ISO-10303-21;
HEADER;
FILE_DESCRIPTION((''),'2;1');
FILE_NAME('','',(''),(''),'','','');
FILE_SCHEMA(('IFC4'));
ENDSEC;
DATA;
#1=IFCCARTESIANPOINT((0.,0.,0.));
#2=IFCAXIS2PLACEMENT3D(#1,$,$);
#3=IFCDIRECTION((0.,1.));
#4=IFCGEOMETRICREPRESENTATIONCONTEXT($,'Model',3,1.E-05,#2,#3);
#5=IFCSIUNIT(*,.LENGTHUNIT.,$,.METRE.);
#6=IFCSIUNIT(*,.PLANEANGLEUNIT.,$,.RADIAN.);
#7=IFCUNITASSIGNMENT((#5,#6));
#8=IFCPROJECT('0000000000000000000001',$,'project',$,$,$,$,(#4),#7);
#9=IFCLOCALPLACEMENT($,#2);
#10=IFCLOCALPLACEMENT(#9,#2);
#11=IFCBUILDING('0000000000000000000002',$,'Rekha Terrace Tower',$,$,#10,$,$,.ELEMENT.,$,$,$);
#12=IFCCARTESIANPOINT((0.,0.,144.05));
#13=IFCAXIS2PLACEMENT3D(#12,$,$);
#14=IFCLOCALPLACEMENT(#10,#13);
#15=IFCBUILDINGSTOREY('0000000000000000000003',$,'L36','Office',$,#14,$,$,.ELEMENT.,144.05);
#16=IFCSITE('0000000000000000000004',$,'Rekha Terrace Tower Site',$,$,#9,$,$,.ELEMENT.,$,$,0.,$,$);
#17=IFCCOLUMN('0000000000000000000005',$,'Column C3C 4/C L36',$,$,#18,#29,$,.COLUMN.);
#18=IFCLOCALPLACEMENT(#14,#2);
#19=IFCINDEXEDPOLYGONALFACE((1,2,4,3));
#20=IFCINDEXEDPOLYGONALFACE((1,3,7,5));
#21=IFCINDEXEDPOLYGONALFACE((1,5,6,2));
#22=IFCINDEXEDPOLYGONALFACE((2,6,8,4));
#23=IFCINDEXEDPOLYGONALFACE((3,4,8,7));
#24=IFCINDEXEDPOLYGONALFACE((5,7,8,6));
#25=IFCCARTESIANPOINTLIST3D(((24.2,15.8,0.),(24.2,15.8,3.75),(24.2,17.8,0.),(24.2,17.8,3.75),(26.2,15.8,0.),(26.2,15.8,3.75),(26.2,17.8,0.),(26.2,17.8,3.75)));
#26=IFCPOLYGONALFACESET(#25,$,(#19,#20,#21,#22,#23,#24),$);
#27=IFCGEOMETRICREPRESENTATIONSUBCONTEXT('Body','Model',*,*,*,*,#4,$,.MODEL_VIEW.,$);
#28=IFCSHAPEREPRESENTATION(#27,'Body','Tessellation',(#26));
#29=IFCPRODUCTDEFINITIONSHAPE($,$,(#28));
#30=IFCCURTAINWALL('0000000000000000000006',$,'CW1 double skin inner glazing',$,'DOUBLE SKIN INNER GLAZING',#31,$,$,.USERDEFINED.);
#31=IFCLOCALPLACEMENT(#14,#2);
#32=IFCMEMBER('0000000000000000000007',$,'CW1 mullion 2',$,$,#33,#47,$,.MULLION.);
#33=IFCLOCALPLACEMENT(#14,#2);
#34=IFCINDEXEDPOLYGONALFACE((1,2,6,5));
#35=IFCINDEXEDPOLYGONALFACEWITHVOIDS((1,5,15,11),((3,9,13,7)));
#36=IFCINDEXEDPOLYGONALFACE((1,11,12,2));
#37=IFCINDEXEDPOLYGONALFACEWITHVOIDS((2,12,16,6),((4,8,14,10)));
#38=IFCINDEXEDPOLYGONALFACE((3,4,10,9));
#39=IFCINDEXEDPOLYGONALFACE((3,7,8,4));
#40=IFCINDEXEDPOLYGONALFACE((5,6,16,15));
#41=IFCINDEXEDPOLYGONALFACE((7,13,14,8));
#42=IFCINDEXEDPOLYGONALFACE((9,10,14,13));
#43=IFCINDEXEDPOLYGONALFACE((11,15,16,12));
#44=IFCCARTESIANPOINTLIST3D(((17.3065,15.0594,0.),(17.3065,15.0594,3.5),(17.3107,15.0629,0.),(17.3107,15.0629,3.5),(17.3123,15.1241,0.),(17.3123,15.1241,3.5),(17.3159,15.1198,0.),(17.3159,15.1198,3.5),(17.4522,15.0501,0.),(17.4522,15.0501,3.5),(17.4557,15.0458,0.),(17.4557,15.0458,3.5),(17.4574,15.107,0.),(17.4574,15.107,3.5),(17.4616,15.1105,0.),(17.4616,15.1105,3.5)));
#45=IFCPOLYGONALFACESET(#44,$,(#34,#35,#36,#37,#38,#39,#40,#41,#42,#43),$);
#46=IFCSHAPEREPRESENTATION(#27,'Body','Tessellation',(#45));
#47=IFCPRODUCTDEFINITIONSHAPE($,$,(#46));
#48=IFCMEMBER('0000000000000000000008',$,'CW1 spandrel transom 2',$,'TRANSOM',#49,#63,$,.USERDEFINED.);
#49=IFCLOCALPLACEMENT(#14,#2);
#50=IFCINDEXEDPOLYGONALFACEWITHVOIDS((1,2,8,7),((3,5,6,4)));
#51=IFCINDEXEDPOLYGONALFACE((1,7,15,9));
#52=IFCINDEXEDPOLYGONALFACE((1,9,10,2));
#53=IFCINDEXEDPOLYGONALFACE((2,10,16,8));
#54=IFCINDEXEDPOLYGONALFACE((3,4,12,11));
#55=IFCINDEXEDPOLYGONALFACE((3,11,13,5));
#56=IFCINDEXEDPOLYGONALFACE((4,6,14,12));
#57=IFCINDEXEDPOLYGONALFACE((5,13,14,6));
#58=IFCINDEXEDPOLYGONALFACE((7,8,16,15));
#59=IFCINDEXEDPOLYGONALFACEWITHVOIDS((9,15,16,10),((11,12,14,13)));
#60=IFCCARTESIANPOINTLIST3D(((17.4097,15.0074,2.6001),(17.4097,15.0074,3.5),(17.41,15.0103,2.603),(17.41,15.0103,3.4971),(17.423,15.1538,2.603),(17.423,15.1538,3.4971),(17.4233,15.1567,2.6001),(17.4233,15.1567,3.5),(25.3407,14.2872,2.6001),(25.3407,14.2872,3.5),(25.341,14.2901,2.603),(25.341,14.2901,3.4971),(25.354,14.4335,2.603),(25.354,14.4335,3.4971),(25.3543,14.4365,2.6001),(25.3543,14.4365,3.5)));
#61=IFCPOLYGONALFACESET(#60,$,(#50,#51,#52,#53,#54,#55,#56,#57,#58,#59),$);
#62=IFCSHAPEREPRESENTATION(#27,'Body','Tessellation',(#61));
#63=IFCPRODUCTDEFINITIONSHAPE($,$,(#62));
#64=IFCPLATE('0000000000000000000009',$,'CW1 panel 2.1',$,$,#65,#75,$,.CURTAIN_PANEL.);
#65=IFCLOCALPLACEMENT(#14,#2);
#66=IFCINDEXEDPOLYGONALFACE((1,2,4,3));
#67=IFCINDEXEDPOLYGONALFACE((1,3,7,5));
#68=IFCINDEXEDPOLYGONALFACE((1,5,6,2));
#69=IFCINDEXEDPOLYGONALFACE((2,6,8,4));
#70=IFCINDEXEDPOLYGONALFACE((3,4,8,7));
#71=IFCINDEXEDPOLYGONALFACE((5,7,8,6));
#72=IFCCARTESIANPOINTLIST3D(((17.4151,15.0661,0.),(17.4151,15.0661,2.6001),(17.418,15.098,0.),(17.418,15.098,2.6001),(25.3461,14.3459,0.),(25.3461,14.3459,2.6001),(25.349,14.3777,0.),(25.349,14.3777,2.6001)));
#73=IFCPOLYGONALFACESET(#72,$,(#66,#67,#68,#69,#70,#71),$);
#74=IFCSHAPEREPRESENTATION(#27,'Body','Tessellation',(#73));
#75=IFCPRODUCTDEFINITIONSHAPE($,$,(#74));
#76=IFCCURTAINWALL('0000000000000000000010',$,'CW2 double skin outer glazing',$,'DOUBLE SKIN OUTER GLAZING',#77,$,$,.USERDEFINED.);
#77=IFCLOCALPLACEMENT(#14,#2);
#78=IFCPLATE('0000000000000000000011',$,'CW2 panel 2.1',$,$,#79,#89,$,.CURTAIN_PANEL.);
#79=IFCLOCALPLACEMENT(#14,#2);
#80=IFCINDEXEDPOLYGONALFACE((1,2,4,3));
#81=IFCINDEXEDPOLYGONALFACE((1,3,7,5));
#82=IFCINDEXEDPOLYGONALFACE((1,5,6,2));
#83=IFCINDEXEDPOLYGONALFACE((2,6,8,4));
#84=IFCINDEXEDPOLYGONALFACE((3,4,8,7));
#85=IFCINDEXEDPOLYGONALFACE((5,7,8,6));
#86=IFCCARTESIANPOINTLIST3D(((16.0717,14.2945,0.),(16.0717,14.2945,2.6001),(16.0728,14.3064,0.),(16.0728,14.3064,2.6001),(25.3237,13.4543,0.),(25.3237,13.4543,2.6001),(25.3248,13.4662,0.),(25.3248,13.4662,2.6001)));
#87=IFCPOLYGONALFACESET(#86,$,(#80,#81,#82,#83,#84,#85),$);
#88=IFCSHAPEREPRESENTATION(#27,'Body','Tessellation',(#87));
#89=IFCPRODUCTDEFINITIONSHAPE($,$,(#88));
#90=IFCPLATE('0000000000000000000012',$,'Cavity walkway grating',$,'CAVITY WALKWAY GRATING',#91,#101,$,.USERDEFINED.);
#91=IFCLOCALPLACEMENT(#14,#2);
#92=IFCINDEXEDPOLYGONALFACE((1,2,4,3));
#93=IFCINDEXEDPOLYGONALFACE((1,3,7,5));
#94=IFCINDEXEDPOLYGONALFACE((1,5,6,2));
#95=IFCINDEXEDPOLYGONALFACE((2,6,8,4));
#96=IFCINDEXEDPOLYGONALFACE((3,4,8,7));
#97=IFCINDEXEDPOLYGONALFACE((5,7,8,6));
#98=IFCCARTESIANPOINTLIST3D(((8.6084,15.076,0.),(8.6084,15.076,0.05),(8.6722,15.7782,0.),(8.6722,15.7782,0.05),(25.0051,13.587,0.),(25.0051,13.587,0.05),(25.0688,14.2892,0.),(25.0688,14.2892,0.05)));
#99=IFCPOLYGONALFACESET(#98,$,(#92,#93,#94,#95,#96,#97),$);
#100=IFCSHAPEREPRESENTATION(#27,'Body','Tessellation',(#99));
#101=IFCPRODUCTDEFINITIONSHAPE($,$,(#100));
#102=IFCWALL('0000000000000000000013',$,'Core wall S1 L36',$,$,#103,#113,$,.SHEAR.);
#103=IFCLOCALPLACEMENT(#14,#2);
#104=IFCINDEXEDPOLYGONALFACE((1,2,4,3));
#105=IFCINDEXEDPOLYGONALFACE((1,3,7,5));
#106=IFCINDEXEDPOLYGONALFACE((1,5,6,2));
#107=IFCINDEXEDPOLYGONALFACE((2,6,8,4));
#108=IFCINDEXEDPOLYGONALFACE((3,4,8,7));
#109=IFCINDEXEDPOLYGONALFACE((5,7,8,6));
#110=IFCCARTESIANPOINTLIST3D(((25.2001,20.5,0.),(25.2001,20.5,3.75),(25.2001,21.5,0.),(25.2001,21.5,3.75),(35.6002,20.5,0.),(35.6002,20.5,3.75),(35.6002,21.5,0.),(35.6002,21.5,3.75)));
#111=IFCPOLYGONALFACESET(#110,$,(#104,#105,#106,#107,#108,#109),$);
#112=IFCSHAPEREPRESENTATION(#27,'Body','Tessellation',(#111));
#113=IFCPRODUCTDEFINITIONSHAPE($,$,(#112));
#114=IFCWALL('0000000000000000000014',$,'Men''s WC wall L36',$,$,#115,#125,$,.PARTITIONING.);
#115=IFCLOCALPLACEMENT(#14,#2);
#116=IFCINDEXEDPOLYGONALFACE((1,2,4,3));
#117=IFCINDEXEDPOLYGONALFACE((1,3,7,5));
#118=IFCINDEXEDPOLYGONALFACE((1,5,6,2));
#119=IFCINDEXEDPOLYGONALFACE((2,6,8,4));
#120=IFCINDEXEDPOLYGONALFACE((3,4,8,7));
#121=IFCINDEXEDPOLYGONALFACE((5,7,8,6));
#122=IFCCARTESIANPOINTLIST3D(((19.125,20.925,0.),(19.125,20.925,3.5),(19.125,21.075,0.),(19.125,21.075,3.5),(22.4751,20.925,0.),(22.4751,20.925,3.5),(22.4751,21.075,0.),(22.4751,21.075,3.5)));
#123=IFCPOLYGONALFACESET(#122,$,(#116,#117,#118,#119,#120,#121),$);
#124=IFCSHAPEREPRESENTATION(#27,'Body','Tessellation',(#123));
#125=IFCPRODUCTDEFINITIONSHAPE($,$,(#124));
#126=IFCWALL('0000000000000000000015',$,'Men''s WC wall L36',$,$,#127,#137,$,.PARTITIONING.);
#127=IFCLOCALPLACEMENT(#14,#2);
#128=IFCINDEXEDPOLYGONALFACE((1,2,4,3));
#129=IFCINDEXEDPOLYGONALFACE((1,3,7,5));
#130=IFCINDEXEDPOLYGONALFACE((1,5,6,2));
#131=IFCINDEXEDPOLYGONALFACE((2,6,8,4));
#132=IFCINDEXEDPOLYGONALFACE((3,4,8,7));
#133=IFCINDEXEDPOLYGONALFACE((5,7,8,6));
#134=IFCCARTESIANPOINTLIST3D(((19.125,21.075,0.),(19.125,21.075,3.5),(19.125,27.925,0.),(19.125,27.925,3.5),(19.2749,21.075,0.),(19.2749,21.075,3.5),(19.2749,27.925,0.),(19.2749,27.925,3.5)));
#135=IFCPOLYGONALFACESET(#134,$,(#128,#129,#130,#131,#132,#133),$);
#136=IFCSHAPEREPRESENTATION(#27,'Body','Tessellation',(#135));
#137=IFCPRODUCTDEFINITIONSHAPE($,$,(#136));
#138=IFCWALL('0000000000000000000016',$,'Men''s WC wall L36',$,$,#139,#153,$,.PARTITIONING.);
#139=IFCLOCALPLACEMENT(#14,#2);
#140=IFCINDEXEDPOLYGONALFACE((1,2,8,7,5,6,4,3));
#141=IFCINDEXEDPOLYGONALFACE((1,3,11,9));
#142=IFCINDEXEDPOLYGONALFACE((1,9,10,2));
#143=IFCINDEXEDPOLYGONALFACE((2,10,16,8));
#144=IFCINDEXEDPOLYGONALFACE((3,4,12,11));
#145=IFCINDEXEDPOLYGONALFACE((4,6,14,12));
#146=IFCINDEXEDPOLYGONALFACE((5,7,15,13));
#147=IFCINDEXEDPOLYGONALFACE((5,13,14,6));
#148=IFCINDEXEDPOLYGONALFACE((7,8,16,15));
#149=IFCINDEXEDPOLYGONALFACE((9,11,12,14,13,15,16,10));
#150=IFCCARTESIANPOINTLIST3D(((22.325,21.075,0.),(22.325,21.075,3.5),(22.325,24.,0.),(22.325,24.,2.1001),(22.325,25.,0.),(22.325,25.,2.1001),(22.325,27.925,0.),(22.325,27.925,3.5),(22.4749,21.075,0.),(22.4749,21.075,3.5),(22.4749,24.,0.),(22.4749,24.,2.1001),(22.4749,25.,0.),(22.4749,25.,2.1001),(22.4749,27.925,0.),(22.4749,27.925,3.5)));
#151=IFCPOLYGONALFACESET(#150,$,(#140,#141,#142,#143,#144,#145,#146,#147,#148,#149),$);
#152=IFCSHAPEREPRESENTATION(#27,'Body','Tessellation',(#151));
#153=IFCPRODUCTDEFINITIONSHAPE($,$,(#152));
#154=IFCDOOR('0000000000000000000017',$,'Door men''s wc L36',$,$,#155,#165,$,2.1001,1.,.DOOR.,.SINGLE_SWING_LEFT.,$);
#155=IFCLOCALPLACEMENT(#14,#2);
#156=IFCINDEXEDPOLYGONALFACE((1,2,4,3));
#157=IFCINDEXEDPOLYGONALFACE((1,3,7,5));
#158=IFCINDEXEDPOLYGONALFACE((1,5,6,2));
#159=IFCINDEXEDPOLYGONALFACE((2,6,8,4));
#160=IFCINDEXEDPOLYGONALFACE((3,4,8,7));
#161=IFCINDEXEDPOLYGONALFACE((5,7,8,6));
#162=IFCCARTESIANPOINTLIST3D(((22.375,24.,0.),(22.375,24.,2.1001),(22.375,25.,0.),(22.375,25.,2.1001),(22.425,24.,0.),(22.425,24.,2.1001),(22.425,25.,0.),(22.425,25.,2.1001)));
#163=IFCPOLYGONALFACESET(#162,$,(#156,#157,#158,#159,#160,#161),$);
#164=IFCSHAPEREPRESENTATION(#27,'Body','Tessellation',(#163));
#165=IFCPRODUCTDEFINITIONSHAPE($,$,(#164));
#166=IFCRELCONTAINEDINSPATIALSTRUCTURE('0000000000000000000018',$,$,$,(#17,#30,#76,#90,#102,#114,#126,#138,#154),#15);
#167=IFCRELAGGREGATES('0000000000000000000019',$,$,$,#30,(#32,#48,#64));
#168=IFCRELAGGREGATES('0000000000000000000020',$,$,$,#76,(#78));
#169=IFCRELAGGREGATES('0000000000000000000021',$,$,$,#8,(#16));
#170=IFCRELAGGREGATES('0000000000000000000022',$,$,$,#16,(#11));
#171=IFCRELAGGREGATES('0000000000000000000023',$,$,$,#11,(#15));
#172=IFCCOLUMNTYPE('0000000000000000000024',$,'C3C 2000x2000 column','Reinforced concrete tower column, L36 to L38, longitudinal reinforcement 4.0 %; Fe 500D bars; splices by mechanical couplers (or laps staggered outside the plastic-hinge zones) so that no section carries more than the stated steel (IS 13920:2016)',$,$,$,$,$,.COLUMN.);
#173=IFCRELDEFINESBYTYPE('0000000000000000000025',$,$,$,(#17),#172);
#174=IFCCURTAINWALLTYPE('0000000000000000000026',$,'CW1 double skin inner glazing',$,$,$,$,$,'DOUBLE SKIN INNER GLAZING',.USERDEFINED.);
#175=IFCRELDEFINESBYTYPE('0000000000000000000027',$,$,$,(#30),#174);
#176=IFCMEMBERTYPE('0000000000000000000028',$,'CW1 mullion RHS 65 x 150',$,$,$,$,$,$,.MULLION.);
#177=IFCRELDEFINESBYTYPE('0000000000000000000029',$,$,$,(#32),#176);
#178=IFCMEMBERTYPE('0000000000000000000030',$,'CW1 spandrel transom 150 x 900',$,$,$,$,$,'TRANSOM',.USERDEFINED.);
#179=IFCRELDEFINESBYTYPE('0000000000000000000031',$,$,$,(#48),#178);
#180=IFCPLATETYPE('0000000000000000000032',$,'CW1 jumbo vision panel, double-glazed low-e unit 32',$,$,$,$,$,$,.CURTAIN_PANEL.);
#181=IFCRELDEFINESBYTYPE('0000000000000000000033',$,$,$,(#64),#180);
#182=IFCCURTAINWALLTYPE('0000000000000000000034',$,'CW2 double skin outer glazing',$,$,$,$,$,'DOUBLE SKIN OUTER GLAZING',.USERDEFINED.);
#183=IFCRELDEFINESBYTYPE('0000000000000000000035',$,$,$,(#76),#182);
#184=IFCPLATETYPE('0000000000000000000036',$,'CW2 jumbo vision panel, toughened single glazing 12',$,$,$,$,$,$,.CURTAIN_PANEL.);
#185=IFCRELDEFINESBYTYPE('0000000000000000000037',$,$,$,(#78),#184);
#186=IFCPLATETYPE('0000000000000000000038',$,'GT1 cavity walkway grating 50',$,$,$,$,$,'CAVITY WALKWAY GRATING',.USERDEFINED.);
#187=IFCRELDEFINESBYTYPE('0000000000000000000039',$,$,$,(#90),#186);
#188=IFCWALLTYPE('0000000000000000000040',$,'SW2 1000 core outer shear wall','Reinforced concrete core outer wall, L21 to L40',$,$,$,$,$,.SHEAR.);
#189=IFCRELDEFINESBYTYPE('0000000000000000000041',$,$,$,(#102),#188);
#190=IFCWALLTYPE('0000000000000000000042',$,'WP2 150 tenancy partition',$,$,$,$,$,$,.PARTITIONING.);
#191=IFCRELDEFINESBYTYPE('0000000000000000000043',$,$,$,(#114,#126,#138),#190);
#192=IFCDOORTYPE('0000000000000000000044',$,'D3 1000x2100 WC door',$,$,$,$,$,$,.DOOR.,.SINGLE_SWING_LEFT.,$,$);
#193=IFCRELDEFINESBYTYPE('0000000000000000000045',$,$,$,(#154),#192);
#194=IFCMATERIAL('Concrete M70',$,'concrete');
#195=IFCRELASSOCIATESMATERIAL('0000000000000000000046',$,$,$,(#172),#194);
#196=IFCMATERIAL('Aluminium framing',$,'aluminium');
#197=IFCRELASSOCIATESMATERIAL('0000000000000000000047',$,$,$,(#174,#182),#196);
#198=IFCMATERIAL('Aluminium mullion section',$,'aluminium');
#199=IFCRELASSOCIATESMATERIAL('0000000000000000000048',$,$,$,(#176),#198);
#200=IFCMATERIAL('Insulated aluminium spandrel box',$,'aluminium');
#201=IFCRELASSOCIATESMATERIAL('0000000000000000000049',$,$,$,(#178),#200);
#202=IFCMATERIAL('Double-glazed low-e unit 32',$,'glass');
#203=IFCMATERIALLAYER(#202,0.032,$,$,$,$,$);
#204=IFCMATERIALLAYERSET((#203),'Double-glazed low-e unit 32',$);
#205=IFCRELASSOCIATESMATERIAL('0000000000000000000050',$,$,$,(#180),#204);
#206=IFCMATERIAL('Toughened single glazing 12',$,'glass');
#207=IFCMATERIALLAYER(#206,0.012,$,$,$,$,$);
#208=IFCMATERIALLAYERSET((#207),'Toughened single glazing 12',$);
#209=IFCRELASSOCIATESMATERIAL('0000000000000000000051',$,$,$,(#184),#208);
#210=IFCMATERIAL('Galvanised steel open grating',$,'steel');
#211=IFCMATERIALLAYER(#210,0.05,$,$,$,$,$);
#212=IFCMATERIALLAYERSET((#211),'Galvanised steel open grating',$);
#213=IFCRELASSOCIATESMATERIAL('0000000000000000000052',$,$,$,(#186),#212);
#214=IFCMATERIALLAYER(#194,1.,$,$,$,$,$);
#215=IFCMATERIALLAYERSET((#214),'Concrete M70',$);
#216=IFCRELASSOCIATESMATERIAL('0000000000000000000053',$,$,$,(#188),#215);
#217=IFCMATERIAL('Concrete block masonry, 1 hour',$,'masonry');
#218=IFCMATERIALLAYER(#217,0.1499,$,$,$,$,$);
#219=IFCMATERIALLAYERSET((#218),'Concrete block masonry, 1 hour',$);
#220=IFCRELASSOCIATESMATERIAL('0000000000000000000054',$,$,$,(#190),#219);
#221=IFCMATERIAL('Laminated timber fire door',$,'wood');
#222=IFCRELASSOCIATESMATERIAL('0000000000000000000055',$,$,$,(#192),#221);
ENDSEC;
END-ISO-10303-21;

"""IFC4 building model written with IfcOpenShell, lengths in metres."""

from ifc_helpers import new_model, si_unit, direction, frame, frame_2d, origin, origin_2d, place, context, subcontext, project, spatial, rectangle, hollow_rectangle, extrude, material, layer, layer_set, material_profile, profile_set, type_object, element, fill, aggregate, save


model = new_model("IFC4")

# Units and contexts
model_context = context("Model", 3, precision=1e-05, world=origin(), true_north=direction((0.0, 1.0)))
body_context = subcontext(model_context, "Body", "Model", "MODEL_VIEW")
ifc_project = project(units=[si_unit("LENGTHUNIT", "METRE"), si_unit("PLANEANGLEUNIT", "RADIAN")], contexts=[model_context])

# Site, building, storey
site_placement = place(None, origin())
site = spatial("IfcSite", under=ifc_project, at=site_placement, Name="Rekha Terrace Tower Site", CompositionType="ELEMENT", RefElevation=0.0)
building_placement = place(site_placement, origin())
building = spatial("IfcBuilding", under=site, at=building_placement, Name="Rekha Terrace Tower", CompositionType="ELEMENT")
storey_placement = place(building_placement, frame((0.0, 0.0, 144.05)))
storey = spatial("IfcBuildingStorey", under=building, at=storey_placement, Name="L36", Description="Office", CompositionType="ELEMENT", Elevation=144.05)

# Column
ifc_material_1 = material(Name="Concrete M70", Category="concrete")
ifc_material_profile_1 = material_profile(ifc_material_1, rectangle(XDim=2.0, YDim=2.0, at=origin_2d()), Name="RC 2000x2000")
ifc_profile_set_1 = profile_set([ifc_material_profile_1], Name="Concrete M70")
column_type = type_object("IfcColumnType", Name="C3C 2000x2000 column", Description="Reinforced concrete tower column, L36 to L38, longitudinal reinforcement 4.0 %; Fe 500D bars; splices by mechanical couplers (or laps staggered outside the plastic-hinge zones) so that no section carries more than the stated steel (IS 13920:2016)", PredefinedType="COLUMN", material=ifc_profile_set_1)
column_placement = place(storey_placement, frame((25.2, 16.8, 0.0), z_axis=(0.0, 0.0, 1.0), x_axis=(1.0, 0.0, 0.0)))
element("IfcColumn", 1, at=column_placement, inside=storey, type_object=column_type, Name="Column C3C 4/C L36", PredefinedType="COLUMN", context=body_context, shape_type="SweptSolid", body=[
    extrude(rectangle(XDim=2.0, YDim=2.0, at=origin_2d()), origin(), (0.0, 0.0, 1.0), 3.75),
])

# Curtain wall, members, plate
ifc_material_2 = material(Name="Aluminium framing", Category="aluminium")
curtain_wall_type_1 = type_object("IfcCurtainWallType", Name="CW1 double skin inner glazing", ElementType="DOUBLE SKIN INNER GLAZING", PredefinedType="USERDEFINED", material=ifc_material_2)
curtain_wall_1_placement = place(storey_placement, origin())
curtain_wall_1 = element("IfcCurtainWall", 2, at=curtain_wall_1_placement, inside=storey, type_object=curtain_wall_type_1, Name="CW1 double skin inner glazing", ObjectType="DOUBLE SKIN INNER GLAZING", PredefinedType="USERDEFINED")
ifc_material_3 = material(Name="Aluminium mullion section", Category="aluminium")
ifc_material_profile_2 = material_profile(ifc_material_3, hollow_rectangle(XDim=0.0649, YDim=0.1499, WallThickness=0.0039, at=origin_2d()), Name="AL RHS 65x150")
ifc_profile_set_2 = profile_set([ifc_material_profile_2], Name="Aluminium mullion section")
member_type_1 = type_object("IfcMemberType", Name="CW1 mullion RHS 65 x 150", PredefinedType="MULLION", material=ifc_profile_set_2)
member_1_placement = place(storey_placement, frame((17.384, 15.085, 0.0), z_axis=(0.0, 0.0, 1.0), x_axis=(0.09044, 0.995902, 0.0)))
member_1 = element("IfcMember", 3, at=member_1_placement, type_object=member_type_1, Name="CW1 mullion 2", PredefinedType="MULLION", context=body_context, shape_type="SweptSolid", body=[
    extrude(hollow_rectangle(XDim=0.0649, YDim=0.1499, WallThickness=0.0039, at=origin_2d()), origin(), (0.0, 0.0, 1.0), 3.5),
])
ifc_material_4 = material(Name="Insulated aluminium spandrel box", Category="aluminium")
ifc_material_profile_3 = material_profile(ifc_material_4, hollow_rectangle(XDim=0.1499, YDim=0.8999, WallThickness=0.0029, at=origin_2d()), Name="AL SPANDREL BOX 150x900")
ifc_profile_set_3 = profile_set([ifc_material_profile_3], Name="Insulated aluminium spandrel box")
member_type_2 = type_object("IfcMemberType", Name="CW1 spandrel transom 150 x 900", ElementType="TRANSOM", PredefinedType="USERDEFINED", material=ifc_profile_set_3)
member_2_placement = place(storey_placement, frame((17.4165, 15.082, 3.05), z_axis=(0.995902, -0.090439, 0.0), x_axis=(0.090439, 0.995902, 0.0)))
member_2 = element("IfcMember", 4, at=member_2_placement, type_object=member_type_2, Name="CW1 spandrel transom 2", ObjectType="TRANSOM", PredefinedType="USERDEFINED", context=body_context, shape_type="SweptSolid", body=[
    extrude(hollow_rectangle(XDim=0.1499, YDim=0.8999, WallThickness=0.0029, at=origin_2d()), origin(), (0.0, 0.0, 1.0), 7.9636),
])
ifc_material_5 = material(Name="Double-glazed low-e unit 32", Category="glass")
ifc_layer_1 = layer(ifc_material_5, 0.032)
ifc_layer_set_1 = layer_set([ifc_layer_1], Name="Double-glazed low-e unit 32")
plate_type_1 = type_object("IfcPlateType", Name="CW1 jumbo vision panel, double-glazed low-e unit 32", PredefinedType="CURTAIN_PANEL", material=ifc_layer_set_1)
plate_1_placement = place(storey_placement, frame((21.3821, 14.7219, 0.0), z_axis=(0.0, 0.0, 1.0), x_axis=(0.995902, -0.09044, 0.0)))
plate_1 = element("IfcPlate", 5, at=plate_1_placement, type_object=plate_type_1, Name="CW1 panel 2.1", PredefinedType="CURTAIN_PANEL", context=body_context, shape_type="SweptSolid", body=[
    extrude(rectangle(XDim=7.9636, YDim=0.032, at=origin_2d()), origin(), (0.0, 0.0, 1.0), 2.6001),
])
aggregate(curtain_wall_1, [member_1, member_2, plate_1])

# Curtain wall, plate
curtain_wall_type_2 = type_object("IfcCurtainWallType", Name="CW2 double skin outer glazing", ElementType="DOUBLE SKIN OUTER GLAZING", PredefinedType="USERDEFINED", material=ifc_material_2)
curtain_wall_2_placement = place(storey_placement, origin())
curtain_wall_2 = element("IfcCurtainWall", 6, at=curtain_wall_2_placement, inside=storey, type_object=curtain_wall_type_2, Name="CW2 double skin outer glazing", ObjectType="DOUBLE SKIN OUTER GLAZING", PredefinedType="USERDEFINED")
ifc_material_6 = material(Name="Toughened single glazing 12", Category="glass")
ifc_layer_2 = layer(ifc_material_6, 0.012)
ifc_layer_set_2 = layer_set([ifc_layer_2], Name="Toughened single glazing 12")
plate_type_2 = type_object("IfcPlateType", Name="CW2 jumbo vision panel, toughened single glazing 12", PredefinedType="CURTAIN_PANEL", material=ifc_layer_set_2)
plate_2_placement = place(storey_placement, frame((20.6982, 13.8804, 0.0), z_axis=(0.0, 0.0, 1.0), x_axis=(0.995902, -0.09044, 0.0)))
plate_2 = element("IfcPlate", 7, at=plate_2_placement, type_object=plate_type_2, Name="CW2 panel 2.1", PredefinedType="CURTAIN_PANEL", context=body_context, shape_type="SweptSolid", body=[
    extrude(rectangle(XDim=9.29, YDim=0.012, at=origin_2d()), origin(), (0.0, 0.0, 1.0), 2.6001),
])
aggregate(curtain_wall_2, [plate_2])

# Plate
ifc_material_7 = material(Name="Galvanised steel open grating", Category="steel")
ifc_layer_3 = layer(ifc_material_7, 0.05)
ifc_layer_set_3 = layer_set([ifc_layer_3], Name="Galvanised steel open grating")
plate_type_3 = type_object("IfcPlateType", Name="GT1 cavity walkway grating 50", ElementType="CAVITY WALKWAY GRATING", PredefinedType="USERDEFINED", material=ifc_layer_set_3)
plate_3_placement = place(storey_placement, frame((16.8386, 14.6826, 0.0), z_axis=(0.0, 0.0, 1.0), x_axis=(0.995902, -0.09044, 0.0)))
element("IfcPlate", 8, at=plate_3_placement, inside=storey, type_object=plate_type_3, Name="Cavity walkway grating", ObjectType="CAVITY WALKWAY GRATING", PredefinedType="USERDEFINED", context=body_context, shape_type="SweptSolid", body=[
    extrude(rectangle(XDim=16.4641, YDim=0.7051, at=origin_2d()), origin(), (0.0, 0.0, 1.0), 0.05),
])

# Walls
ifc_layer_4 = layer(ifc_material_1, 1.0)
ifc_layer_set_4 = layer_set([ifc_layer_4], Name="Concrete M70")
wall_type_1 = type_object("IfcWallType", Name="SW2 1000 core outer shear wall", Description="Reinforced concrete core outer wall, L21 to L40", PredefinedType="SHEAR", material=ifc_layer_set_4)
wall_1_placement = place(storey_placement, frame((25.2, 21.0, 0.0), z_axis=(0.0, 0.0, 1.0), x_axis=(1.0, 0.0, 0.0)))
element("IfcWall", 9, at=wall_1_placement, inside=storey, type_object=wall_type_1, Name="Core wall S1 L36", PredefinedType="SHEAR", context=body_context, shape_type="SweptSolid", body=[
    extrude(rectangle(XDim=10.4001, YDim=1.0, at=frame_2d((5.2002, 0.0))), origin(), (0.0, 0.0, 1.0), 3.75),
])
ifc_material_8 = material(Name="Concrete block masonry, 1 hour", Category="masonry")
ifc_layer_5 = layer(ifc_material_8, 0.1499)
ifc_layer_set_5 = layer_set([ifc_layer_5], Name="Concrete block masonry, 1 hour")
wall_type_2 = type_object("IfcWallType", Name="WP2 150 tenancy partition", PredefinedType="PARTITIONING", material=ifc_layer_set_5)
wall_2_placement = place(storey_placement, frame((19.125, 21.0, 0.0), z_axis=(0.0, 0.0, 1.0), x_axis=(1.0, 0.0, 0.0)))
element("IfcWall", 10, at=wall_2_placement, inside=storey, type_object=wall_type_2, Name="Men's WC wall L36", PredefinedType="PARTITIONING", context=body_context, shape_type="SweptSolid", body=[
    extrude(rectangle(XDim=3.3501, YDim=0.1499, at=frame_2d((1.675, 0.0))), origin(), (0.0, 0.0, 1.0), 3.5),
])
wall_3_placement = place(storey_placement, frame((19.2, 21.075, 0.0), z_axis=(0.0, 0.0, 1.0), x_axis=(0.0, 1.0, 0.0)))
element("IfcWall", 11, at=wall_3_placement, inside=storey, type_object=wall_type_2, Name="Men's WC wall L36", PredefinedType="PARTITIONING", context=body_context, shape_type="SweptSolid", body=[
    extrude(rectangle(XDim=6.8501, YDim=0.1499, at=frame_2d((3.425, 0.0))), origin(), (0.0, 0.0, 1.0), 3.5),
])

# Wall, opening, door
wall_4_placement = place(storey_placement, frame((22.3999, 21.075, 0.0), z_axis=(0.0, 0.0, 1.0), x_axis=(0.0, 1.0, 0.0)))
wall_4 = element("IfcWall", 12, at=wall_4_placement, inside=storey, type_object=wall_type_2, Name="Men's WC wall L36", PredefinedType="PARTITIONING", context=body_context, shape_type="SweptSolid", body=[
    extrude(rectangle(XDim=6.8501, YDim=0.1499, at=frame_2d((3.425, 0.0))), origin(), (0.0, 0.0, 1.0), 3.5),
])
opening_1_placement = place(wall_4_placement, frame((2.925, 0.0, 0.0)))
opening_1 = element("IfcOpeningElement", 13, at=opening_1_placement, cuts=wall_4, PredefinedType="OPENING", context=body_context, shape_type="SweptSolid", body=[
    extrude(rectangle(XDim=1.0, YDim=2.1001, at=frame_2d((0.5, 1.05))), frame((0.0, 0.085, 0.0), z_axis=(0.0, -1.0, 0.0), x_axis=(1.0, 0.0, 0.0)), (0.0, 0.0, 1.0), 0.1699),
])
ifc_material_9 = material(Name="Laminated timber fire door", Category="wood")
door_type_1 = type_object("IfcDoorType", Name="D3 1000x2100 WC door", OperationType="SINGLE_SWING_LEFT", PredefinedType="DOOR", material=ifc_material_9)
door_1_placement = place(opening_1_placement, origin())
door_1 = element("IfcDoor", 14, at=door_1_placement, inside=storey, type_object=door_type_1, Name="Door men's wc L36", OperationType="SINGLE_SWING_LEFT", OverallHeight=2.1001, OverallWidth=1.0, PredefinedType="DOOR", context=body_context, shape_type="SweptSolid", body=[
    extrude(rectangle(XDim=1.0, YDim=2.1001, at=frame_2d((0.5, 1.05))), frame((0.0, 0.0249, 0.0), z_axis=(0.0, -1.0, 0.0), x_axis=(1.0, 0.0, 0.0)), (0.0, 0.0, 1.0), 0.05),
])
fill(opening_1, door_1)

save(model, "model.ifc")
